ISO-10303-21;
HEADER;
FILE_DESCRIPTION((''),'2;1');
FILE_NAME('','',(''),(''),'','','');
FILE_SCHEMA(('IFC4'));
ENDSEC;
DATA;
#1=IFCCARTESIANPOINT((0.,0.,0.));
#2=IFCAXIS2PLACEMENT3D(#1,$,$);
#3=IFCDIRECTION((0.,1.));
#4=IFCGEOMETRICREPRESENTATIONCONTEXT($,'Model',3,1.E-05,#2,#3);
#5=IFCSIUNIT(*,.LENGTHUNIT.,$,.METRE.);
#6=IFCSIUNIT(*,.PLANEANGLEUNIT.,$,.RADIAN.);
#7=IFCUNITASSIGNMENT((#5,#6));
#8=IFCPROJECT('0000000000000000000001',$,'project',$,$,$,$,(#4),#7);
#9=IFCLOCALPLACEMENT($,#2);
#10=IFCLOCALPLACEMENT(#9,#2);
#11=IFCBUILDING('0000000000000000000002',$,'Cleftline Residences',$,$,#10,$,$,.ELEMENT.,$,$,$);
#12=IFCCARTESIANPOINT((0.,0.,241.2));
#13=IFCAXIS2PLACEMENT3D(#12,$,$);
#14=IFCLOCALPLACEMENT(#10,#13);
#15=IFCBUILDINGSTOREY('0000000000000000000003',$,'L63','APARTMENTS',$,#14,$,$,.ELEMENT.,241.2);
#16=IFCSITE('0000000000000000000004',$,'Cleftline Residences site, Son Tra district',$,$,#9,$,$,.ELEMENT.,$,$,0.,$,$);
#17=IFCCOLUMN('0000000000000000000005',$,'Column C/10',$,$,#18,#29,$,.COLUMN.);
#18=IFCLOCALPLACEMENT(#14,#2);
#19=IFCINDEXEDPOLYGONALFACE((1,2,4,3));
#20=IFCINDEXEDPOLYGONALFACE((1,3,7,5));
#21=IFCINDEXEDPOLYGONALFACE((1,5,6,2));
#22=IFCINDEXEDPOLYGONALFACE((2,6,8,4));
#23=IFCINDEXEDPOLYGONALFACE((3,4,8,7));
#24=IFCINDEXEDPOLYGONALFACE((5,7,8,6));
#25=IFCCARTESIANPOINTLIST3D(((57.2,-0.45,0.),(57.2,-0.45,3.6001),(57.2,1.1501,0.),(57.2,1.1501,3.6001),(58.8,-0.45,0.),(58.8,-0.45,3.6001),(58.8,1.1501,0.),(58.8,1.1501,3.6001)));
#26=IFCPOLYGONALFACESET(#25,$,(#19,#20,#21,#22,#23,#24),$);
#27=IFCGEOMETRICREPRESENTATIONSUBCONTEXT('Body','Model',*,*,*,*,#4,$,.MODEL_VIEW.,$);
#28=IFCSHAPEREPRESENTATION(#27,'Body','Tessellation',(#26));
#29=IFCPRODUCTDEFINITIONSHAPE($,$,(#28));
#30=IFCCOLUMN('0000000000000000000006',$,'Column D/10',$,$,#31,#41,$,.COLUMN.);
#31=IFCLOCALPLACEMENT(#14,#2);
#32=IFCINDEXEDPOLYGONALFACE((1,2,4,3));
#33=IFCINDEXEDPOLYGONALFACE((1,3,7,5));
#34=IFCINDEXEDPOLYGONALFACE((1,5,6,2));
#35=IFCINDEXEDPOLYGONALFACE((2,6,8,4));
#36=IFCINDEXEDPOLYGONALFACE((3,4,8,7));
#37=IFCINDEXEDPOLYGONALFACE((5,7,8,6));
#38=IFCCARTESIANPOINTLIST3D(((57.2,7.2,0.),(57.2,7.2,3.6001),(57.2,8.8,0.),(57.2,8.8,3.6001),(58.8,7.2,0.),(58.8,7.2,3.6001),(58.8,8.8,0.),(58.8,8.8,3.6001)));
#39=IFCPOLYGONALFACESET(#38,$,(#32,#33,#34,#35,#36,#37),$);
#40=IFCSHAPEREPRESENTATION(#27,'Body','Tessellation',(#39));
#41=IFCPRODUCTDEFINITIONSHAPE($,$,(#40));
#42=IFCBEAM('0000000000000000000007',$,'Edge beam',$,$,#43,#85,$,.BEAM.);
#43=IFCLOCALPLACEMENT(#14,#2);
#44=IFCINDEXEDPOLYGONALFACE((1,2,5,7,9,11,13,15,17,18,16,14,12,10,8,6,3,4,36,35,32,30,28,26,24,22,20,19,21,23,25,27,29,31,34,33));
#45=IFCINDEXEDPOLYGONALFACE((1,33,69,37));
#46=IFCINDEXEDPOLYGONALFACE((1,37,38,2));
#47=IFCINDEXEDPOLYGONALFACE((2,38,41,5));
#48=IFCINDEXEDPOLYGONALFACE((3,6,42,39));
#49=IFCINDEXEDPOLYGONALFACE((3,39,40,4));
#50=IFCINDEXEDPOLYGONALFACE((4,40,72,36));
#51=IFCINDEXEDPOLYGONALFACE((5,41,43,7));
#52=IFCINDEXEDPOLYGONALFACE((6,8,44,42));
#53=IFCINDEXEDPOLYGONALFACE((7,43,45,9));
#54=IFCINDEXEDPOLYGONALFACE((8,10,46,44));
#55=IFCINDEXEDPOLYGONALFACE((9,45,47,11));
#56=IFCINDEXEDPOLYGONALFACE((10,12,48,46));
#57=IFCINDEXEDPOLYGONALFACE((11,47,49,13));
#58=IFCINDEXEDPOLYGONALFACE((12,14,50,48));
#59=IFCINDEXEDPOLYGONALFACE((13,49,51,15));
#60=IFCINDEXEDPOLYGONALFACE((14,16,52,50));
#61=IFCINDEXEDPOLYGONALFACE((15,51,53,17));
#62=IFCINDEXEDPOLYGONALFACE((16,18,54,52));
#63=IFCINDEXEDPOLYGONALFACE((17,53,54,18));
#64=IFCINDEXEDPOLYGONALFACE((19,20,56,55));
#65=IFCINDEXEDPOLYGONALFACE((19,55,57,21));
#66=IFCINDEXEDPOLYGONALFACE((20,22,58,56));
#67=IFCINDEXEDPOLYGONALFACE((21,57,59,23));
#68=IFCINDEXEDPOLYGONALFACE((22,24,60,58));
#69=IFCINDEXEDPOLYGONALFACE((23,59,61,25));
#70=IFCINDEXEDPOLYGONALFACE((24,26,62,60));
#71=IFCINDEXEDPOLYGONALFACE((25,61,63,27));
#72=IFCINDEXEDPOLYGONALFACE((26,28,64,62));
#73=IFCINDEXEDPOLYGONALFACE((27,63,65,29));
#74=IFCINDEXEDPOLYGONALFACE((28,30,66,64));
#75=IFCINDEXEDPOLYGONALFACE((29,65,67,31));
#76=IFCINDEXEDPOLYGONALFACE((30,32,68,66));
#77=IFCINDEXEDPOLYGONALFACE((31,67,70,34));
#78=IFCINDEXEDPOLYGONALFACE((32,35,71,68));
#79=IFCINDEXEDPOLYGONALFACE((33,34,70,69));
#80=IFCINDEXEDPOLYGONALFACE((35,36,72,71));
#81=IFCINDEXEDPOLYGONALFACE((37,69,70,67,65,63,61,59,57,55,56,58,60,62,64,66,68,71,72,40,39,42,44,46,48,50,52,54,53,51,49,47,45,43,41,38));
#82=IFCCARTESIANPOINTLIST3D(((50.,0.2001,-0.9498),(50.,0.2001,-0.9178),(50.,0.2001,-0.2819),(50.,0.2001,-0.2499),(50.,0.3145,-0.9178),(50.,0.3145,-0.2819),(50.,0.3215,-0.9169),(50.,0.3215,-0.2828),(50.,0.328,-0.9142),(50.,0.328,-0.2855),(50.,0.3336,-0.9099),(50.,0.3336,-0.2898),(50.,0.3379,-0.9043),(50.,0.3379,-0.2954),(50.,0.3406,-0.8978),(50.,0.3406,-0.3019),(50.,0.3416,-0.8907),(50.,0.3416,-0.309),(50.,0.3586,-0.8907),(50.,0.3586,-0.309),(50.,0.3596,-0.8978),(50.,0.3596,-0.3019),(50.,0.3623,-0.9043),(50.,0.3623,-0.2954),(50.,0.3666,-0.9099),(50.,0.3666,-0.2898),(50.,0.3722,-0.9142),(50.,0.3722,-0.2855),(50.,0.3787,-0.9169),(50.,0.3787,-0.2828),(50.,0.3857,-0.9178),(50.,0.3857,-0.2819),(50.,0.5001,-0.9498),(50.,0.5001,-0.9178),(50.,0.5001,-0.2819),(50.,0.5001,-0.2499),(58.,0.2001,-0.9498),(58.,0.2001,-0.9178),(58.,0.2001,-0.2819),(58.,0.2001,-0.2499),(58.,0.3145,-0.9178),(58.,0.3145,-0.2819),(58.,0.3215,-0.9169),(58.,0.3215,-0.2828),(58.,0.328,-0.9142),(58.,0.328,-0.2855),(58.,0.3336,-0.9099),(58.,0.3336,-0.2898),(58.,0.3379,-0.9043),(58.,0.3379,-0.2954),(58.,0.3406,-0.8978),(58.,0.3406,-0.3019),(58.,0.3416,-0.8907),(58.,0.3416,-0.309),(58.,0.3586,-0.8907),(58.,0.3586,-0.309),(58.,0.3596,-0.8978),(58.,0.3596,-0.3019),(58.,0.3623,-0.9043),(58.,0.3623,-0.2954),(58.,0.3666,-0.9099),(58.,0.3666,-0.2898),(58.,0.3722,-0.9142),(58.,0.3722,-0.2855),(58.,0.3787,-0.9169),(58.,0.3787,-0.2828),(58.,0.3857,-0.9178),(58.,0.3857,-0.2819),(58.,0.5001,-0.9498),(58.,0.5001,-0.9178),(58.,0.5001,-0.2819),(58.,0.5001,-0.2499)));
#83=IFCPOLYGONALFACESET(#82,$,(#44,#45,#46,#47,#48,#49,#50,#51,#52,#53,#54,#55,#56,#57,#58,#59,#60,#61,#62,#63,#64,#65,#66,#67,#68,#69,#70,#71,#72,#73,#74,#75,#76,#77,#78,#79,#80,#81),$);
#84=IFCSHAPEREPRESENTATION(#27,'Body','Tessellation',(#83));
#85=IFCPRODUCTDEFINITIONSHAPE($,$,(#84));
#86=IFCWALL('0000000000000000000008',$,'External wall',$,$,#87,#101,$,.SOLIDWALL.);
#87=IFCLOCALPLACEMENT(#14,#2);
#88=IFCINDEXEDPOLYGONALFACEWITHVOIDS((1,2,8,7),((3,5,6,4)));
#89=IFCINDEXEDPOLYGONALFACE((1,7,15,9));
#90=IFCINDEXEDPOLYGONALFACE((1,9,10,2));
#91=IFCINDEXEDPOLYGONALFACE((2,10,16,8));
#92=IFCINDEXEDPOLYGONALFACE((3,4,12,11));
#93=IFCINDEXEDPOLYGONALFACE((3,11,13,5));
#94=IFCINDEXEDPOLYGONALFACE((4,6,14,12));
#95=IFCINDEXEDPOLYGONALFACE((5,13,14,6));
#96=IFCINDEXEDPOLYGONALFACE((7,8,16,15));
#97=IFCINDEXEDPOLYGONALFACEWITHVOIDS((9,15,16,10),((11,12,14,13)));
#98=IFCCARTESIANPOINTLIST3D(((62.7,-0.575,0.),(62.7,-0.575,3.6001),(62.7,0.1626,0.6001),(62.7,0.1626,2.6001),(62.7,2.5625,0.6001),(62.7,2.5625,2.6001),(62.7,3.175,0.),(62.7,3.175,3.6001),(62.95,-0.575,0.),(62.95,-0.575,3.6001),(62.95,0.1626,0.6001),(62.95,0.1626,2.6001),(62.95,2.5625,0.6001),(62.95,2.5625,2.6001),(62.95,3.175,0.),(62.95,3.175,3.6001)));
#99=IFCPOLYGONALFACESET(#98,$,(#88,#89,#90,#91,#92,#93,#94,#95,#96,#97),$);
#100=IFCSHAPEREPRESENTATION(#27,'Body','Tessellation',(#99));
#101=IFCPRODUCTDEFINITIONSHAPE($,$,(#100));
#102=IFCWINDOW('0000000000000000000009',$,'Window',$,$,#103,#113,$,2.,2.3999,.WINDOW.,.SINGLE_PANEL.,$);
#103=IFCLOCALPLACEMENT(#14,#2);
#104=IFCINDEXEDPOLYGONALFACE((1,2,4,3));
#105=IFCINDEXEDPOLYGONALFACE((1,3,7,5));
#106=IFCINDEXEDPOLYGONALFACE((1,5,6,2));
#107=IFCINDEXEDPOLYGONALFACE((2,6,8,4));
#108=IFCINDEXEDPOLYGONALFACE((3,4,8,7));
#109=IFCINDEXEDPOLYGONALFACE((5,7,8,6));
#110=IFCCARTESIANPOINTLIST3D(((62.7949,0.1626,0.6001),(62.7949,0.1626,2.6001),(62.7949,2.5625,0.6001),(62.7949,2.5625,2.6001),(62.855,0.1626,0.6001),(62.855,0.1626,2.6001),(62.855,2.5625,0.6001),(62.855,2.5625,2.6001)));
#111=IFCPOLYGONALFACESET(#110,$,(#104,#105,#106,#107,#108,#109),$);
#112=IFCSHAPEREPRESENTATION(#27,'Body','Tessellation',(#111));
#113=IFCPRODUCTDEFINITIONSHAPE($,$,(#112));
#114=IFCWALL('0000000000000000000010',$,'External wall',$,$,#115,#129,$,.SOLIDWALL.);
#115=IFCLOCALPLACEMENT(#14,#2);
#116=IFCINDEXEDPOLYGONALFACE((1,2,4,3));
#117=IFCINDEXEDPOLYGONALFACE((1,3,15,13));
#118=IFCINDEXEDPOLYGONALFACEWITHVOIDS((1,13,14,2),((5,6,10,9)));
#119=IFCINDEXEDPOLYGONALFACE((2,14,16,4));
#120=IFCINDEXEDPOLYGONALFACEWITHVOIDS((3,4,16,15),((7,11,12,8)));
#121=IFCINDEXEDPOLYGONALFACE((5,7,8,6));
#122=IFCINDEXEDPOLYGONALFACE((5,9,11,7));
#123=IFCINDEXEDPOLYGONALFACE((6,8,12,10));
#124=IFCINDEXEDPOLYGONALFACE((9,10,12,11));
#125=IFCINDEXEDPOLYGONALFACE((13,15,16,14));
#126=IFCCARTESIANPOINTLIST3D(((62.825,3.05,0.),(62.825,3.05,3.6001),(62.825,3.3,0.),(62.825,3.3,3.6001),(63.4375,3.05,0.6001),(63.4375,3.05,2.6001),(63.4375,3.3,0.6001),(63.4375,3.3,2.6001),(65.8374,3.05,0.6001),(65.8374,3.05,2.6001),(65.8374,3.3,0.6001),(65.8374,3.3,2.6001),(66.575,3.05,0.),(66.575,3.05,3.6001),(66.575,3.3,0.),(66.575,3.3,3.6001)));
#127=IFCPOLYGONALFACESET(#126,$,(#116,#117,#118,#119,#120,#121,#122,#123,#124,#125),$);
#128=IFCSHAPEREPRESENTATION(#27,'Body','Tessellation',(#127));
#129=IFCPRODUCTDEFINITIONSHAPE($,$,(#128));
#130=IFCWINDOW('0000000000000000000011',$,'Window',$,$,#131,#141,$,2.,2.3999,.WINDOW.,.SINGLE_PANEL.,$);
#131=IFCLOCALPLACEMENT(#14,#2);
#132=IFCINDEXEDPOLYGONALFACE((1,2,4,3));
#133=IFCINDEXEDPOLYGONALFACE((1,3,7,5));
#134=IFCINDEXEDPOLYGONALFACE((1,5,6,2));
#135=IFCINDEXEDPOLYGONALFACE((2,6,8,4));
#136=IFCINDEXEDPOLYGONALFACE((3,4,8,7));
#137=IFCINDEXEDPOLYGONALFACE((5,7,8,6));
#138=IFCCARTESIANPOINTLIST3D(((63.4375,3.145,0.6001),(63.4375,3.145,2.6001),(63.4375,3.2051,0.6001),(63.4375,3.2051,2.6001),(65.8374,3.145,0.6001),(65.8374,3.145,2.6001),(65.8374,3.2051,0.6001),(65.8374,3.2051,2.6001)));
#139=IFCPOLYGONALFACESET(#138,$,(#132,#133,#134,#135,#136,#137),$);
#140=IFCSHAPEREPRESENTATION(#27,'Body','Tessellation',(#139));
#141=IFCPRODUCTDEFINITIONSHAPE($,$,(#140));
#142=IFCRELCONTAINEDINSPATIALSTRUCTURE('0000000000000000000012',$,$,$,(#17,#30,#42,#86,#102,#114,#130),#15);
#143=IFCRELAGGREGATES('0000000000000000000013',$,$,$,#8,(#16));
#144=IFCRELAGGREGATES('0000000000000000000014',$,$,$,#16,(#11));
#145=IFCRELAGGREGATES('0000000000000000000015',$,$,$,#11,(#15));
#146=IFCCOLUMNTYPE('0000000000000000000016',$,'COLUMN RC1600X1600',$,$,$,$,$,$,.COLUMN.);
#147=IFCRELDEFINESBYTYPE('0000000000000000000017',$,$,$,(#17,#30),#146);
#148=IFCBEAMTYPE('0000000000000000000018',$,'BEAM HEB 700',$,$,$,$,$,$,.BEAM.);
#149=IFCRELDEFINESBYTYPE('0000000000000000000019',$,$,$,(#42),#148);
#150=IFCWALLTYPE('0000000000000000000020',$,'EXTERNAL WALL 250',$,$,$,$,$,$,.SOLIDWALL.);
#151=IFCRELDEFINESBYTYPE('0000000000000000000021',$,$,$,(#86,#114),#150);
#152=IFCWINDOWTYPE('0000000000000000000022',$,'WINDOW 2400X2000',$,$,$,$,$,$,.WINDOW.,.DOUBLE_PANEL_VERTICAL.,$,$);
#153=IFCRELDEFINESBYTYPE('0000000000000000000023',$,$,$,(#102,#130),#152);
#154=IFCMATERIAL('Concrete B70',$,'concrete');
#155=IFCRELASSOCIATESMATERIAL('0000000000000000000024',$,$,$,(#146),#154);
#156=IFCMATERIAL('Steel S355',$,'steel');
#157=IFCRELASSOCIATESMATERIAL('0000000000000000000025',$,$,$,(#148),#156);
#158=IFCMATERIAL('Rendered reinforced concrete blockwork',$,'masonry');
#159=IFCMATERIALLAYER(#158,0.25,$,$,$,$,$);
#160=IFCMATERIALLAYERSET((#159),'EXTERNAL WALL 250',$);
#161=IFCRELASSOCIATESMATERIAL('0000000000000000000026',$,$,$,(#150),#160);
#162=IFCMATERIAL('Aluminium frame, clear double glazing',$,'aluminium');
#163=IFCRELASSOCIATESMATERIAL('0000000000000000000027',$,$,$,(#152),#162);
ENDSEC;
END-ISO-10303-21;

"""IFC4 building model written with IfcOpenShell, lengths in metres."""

from ifc_helpers import new_model, si_unit, direction, frame, frame_2d, origin, origin_2d, place, context, subcontext, project, spatial, rectangle, i_section, extrude, material, layer, layer_set, material_profile, profile_set, type_object, element, fill, save


model = new_model("IFC4")

# Units and contexts
model_context = context("Model", 3, precision=1e-05, world=origin(), true_north=direction((0.0, 1.0)))
body_context = subcontext(model_context, "Body", "Model", "MODEL_VIEW")
ifc_project = project(units=[si_unit("LENGTHUNIT", "METRE"), si_unit("PLANEANGLEUNIT", "RADIAN")], contexts=[model_context])

# Site, building, storey
site_placement = place(None, origin())
site = spatial("IfcSite", under=ifc_project, at=site_placement, Name="Cleftline Residences site, Son Tra district", CompositionType="ELEMENT", RefElevation=0.0)
building_placement = place(site_placement, origin())
building = spatial("IfcBuilding", under=site, at=building_placement, Name="Cleftline Residences", CompositionType="ELEMENT")
storey_placement = place(building_placement, frame((0.0, 0.0, 241.2)))
storey = spatial("IfcBuildingStorey", under=building, at=storey_placement, Name="L63", Description="APARTMENTS", CompositionType="ELEMENT", Elevation=241.2)

# Columns
ifc_material_1 = material(Name="Concrete B70", Category="concrete")
ifc_material_profile_1 = material_profile(ifc_material_1, rectangle(XDim=1.6001, YDim=1.6001, at=origin_2d()))
ifc_profile_set_1 = profile_set([ifc_material_profile_1], Name="Concrete B70")
column_type = type_object("IfcColumnType", Name="COLUMN RC1600X1600", PredefinedType="COLUMN", material=ifc_profile_set_1)
for number, where, z_axis, x_axis, name in (
    (1, (58.0, 0.3501, 0.0), (0.0, 0.0, 1.0), (1.0, 0.0, 0.0), "Column C/10"),
    (2, (58.0, 8.0, 0.0), (0.0, 0.0, 1.0), (1.0, 0.0, 0.0), "Column D/10"),
):
    element("IfcColumn", number, at=place(storey_placement, frame(where, z_axis=z_axis, x_axis=x_axis)), inside=storey, type_object=column_type, Name=name, PredefinedType="COLUMN", context=body_context, shape_type="SweptSolid", body=[
        extrude(rectangle(XDim=1.6001, YDim=1.6001, at=origin_2d()), origin(), (0.0, 0.0, 1.0), 3.6001),
    ])

# Beam
ifc_material_2 = material(Name="Steel S355", Category="steel")
ifc_material_profile_2 = material_profile(ifc_material_2, i_section(OverallWidth=0.3, OverallDepth=0.7, WebThickness=0.0171, FlangeThickness=0.032, FilletRadius=0.0271, at=origin_2d()))
ifc_profile_set_2 = profile_set([ifc_material_profile_2], Name="Steel S355")
beam_type = type_object("IfcBeamType", Name="BEAM HEB 700", PredefinedType="BEAM", material=ifc_profile_set_2)
beam_placement = place(storey_placement, frame((58.0, 0.3501, -0.5999), z_axis=(-1.0, 0.0, 0.0), x_axis=(0.0, -1.0, 0.0)))
element("IfcBeam", 3, at=beam_placement, inside=storey, type_object=beam_type, Name="Edge beam", PredefinedType="BEAM", context=body_context, shape_type="SweptSolid", body=[
    extrude(i_section(OverallWidth=0.3, OverallDepth=0.7, WebThickness=0.0171, FlangeThickness=0.032, FilletRadius=0.0271, at=origin_2d()), origin(), (0.0, 0.0, 1.0), 8.0),
])

# Walls, openings, windows
ifc_material_3 = material(Name="Rendered reinforced concrete blockwork", Category="masonry")
ifc_layer_1 = layer(ifc_material_3, 0.25)
ifc_layer_set_1 = layer_set([ifc_layer_1], Name="EXTERNAL WALL 250")
wall_type_1 = type_object("IfcWallType", Name="EXTERNAL WALL 250", PredefinedType="SOLIDWALL", material=ifc_layer_set_1)
wall_1_placement = place(storey_placement, frame((62.825, -0.575, 0.0), z_axis=(0.0, 0.0, 1.0), x_axis=(0.0, 1.0, 0.0)))
wall_1 = element("IfcWall", 4, at=wall_1_placement, inside=storey, type_object=wall_type_1, Name="External wall", PredefinedType="SOLIDWALL", context=body_context, shape_type="SweptSolid", body=[
    extrude(rectangle(XDim=3.75, YDim=0.25, at=frame_2d((1.875, 0.0))), origin(), (0.0, 0.0, 1.0), 3.6001),
])
opening_1_placement = place(wall_1_placement, frame((0.7375, 0.0, 0.6001)))
opening_1 = element("IfcOpeningElement", 5, at=opening_1_placement, cuts=wall_1, PredefinedType="OPENING", context=body_context, shape_type="SweptSolid", body=[
    extrude(rectangle(XDim=2.3999, YDim=2.0, at=frame_2d((1.2, 1.0))), frame((0.0, 0.135, 0.0), z_axis=(0.0, -1.0, 0.0), x_axis=(1.0, 0.0, 0.0)), (0.0, 0.0, 1.0), 0.27),
])
ifc_material_4 = material(Name="Aluminium frame, clear double glazing", Category="aluminium")
window_type = type_object("IfcWindowType", Name="WINDOW 2400X2000", PartitioningType="DOUBLE_PANEL_VERTICAL", PredefinedType="WINDOW", material=ifc_material_4)
window_1_placement = place(opening_1_placement, origin())
window_1 = element("IfcWindow", 6, at=window_1_placement, inside=storey, type_object=window_type, Name="Window", OverallHeight=2.0, OverallWidth=2.3999, PartitioningType="SINGLE_PANEL", PredefinedType="WINDOW", context=body_context, shape_type="SweptSolid", body=[
    extrude(rectangle(XDim=2.3999, YDim=2.0, at=frame_2d((1.2, 1.0))), frame((0.0, 0.03, 0.0), z_axis=(0.0, -1.0, 0.0), x_axis=(1.0, 0.0, 0.0)), (0.0, 0.0, 1.0), 0.0601),
])
fill(opening_1, window_1)
wall_2_placement = place(storey_placement, frame((62.825, 3.175, 0.0), z_axis=(0.0, 0.0, 1.0), x_axis=(1.0, 0.0, 0.0)))
wall_2 = element("IfcWall", 7, at=wall_2_placement, inside=storey, type_object=wall_type_1, Name="External wall", PredefinedType="SOLIDWALL", context=body_context, shape_type="SweptSolid", body=[
    extrude(rectangle(XDim=3.75, YDim=0.25, at=frame_2d((1.875, 0.0))), origin(), (0.0, 0.0, 1.0), 3.6001),
])
opening_2_placement = place(wall_2_placement, frame((0.6125, 0.0, 0.6001)))
opening_2 = element("IfcOpeningElement", 8, at=opening_2_placement, cuts=wall_2, PredefinedType="OPENING", context=body_context, shape_type="SweptSolid", body=[
    extrude(rectangle(XDim=2.3999, YDim=2.0, at=frame_2d((1.2, 1.0))), frame((0.0, 0.135, 0.0), z_axis=(0.0, -1.0, 0.0), x_axis=(1.0, 0.0, 0.0)), (0.0, 0.0, 1.0), 0.27),
])
window_2_placement = place(opening_2_placement, origin())
window_2 = element("IfcWindow", 9, at=window_2_placement, inside=storey, type_object=window_type, Name="Window", OverallHeight=2.0, OverallWidth=2.3999, PartitioningType="SINGLE_PANEL", PredefinedType="WINDOW", context=body_context, shape_type="SweptSolid", body=[
    extrude(rectangle(XDim=2.3999, YDim=2.0, at=frame_2d((1.2, 1.0))), frame((0.0, 0.03, 0.0), z_axis=(0.0, -1.0, 0.0), x_axis=(1.0, 0.0, 0.0)), (0.0, 0.0, 1.0), 0.0601),
])
fill(opening_2, window_2)

save(model, "model.ifc")
